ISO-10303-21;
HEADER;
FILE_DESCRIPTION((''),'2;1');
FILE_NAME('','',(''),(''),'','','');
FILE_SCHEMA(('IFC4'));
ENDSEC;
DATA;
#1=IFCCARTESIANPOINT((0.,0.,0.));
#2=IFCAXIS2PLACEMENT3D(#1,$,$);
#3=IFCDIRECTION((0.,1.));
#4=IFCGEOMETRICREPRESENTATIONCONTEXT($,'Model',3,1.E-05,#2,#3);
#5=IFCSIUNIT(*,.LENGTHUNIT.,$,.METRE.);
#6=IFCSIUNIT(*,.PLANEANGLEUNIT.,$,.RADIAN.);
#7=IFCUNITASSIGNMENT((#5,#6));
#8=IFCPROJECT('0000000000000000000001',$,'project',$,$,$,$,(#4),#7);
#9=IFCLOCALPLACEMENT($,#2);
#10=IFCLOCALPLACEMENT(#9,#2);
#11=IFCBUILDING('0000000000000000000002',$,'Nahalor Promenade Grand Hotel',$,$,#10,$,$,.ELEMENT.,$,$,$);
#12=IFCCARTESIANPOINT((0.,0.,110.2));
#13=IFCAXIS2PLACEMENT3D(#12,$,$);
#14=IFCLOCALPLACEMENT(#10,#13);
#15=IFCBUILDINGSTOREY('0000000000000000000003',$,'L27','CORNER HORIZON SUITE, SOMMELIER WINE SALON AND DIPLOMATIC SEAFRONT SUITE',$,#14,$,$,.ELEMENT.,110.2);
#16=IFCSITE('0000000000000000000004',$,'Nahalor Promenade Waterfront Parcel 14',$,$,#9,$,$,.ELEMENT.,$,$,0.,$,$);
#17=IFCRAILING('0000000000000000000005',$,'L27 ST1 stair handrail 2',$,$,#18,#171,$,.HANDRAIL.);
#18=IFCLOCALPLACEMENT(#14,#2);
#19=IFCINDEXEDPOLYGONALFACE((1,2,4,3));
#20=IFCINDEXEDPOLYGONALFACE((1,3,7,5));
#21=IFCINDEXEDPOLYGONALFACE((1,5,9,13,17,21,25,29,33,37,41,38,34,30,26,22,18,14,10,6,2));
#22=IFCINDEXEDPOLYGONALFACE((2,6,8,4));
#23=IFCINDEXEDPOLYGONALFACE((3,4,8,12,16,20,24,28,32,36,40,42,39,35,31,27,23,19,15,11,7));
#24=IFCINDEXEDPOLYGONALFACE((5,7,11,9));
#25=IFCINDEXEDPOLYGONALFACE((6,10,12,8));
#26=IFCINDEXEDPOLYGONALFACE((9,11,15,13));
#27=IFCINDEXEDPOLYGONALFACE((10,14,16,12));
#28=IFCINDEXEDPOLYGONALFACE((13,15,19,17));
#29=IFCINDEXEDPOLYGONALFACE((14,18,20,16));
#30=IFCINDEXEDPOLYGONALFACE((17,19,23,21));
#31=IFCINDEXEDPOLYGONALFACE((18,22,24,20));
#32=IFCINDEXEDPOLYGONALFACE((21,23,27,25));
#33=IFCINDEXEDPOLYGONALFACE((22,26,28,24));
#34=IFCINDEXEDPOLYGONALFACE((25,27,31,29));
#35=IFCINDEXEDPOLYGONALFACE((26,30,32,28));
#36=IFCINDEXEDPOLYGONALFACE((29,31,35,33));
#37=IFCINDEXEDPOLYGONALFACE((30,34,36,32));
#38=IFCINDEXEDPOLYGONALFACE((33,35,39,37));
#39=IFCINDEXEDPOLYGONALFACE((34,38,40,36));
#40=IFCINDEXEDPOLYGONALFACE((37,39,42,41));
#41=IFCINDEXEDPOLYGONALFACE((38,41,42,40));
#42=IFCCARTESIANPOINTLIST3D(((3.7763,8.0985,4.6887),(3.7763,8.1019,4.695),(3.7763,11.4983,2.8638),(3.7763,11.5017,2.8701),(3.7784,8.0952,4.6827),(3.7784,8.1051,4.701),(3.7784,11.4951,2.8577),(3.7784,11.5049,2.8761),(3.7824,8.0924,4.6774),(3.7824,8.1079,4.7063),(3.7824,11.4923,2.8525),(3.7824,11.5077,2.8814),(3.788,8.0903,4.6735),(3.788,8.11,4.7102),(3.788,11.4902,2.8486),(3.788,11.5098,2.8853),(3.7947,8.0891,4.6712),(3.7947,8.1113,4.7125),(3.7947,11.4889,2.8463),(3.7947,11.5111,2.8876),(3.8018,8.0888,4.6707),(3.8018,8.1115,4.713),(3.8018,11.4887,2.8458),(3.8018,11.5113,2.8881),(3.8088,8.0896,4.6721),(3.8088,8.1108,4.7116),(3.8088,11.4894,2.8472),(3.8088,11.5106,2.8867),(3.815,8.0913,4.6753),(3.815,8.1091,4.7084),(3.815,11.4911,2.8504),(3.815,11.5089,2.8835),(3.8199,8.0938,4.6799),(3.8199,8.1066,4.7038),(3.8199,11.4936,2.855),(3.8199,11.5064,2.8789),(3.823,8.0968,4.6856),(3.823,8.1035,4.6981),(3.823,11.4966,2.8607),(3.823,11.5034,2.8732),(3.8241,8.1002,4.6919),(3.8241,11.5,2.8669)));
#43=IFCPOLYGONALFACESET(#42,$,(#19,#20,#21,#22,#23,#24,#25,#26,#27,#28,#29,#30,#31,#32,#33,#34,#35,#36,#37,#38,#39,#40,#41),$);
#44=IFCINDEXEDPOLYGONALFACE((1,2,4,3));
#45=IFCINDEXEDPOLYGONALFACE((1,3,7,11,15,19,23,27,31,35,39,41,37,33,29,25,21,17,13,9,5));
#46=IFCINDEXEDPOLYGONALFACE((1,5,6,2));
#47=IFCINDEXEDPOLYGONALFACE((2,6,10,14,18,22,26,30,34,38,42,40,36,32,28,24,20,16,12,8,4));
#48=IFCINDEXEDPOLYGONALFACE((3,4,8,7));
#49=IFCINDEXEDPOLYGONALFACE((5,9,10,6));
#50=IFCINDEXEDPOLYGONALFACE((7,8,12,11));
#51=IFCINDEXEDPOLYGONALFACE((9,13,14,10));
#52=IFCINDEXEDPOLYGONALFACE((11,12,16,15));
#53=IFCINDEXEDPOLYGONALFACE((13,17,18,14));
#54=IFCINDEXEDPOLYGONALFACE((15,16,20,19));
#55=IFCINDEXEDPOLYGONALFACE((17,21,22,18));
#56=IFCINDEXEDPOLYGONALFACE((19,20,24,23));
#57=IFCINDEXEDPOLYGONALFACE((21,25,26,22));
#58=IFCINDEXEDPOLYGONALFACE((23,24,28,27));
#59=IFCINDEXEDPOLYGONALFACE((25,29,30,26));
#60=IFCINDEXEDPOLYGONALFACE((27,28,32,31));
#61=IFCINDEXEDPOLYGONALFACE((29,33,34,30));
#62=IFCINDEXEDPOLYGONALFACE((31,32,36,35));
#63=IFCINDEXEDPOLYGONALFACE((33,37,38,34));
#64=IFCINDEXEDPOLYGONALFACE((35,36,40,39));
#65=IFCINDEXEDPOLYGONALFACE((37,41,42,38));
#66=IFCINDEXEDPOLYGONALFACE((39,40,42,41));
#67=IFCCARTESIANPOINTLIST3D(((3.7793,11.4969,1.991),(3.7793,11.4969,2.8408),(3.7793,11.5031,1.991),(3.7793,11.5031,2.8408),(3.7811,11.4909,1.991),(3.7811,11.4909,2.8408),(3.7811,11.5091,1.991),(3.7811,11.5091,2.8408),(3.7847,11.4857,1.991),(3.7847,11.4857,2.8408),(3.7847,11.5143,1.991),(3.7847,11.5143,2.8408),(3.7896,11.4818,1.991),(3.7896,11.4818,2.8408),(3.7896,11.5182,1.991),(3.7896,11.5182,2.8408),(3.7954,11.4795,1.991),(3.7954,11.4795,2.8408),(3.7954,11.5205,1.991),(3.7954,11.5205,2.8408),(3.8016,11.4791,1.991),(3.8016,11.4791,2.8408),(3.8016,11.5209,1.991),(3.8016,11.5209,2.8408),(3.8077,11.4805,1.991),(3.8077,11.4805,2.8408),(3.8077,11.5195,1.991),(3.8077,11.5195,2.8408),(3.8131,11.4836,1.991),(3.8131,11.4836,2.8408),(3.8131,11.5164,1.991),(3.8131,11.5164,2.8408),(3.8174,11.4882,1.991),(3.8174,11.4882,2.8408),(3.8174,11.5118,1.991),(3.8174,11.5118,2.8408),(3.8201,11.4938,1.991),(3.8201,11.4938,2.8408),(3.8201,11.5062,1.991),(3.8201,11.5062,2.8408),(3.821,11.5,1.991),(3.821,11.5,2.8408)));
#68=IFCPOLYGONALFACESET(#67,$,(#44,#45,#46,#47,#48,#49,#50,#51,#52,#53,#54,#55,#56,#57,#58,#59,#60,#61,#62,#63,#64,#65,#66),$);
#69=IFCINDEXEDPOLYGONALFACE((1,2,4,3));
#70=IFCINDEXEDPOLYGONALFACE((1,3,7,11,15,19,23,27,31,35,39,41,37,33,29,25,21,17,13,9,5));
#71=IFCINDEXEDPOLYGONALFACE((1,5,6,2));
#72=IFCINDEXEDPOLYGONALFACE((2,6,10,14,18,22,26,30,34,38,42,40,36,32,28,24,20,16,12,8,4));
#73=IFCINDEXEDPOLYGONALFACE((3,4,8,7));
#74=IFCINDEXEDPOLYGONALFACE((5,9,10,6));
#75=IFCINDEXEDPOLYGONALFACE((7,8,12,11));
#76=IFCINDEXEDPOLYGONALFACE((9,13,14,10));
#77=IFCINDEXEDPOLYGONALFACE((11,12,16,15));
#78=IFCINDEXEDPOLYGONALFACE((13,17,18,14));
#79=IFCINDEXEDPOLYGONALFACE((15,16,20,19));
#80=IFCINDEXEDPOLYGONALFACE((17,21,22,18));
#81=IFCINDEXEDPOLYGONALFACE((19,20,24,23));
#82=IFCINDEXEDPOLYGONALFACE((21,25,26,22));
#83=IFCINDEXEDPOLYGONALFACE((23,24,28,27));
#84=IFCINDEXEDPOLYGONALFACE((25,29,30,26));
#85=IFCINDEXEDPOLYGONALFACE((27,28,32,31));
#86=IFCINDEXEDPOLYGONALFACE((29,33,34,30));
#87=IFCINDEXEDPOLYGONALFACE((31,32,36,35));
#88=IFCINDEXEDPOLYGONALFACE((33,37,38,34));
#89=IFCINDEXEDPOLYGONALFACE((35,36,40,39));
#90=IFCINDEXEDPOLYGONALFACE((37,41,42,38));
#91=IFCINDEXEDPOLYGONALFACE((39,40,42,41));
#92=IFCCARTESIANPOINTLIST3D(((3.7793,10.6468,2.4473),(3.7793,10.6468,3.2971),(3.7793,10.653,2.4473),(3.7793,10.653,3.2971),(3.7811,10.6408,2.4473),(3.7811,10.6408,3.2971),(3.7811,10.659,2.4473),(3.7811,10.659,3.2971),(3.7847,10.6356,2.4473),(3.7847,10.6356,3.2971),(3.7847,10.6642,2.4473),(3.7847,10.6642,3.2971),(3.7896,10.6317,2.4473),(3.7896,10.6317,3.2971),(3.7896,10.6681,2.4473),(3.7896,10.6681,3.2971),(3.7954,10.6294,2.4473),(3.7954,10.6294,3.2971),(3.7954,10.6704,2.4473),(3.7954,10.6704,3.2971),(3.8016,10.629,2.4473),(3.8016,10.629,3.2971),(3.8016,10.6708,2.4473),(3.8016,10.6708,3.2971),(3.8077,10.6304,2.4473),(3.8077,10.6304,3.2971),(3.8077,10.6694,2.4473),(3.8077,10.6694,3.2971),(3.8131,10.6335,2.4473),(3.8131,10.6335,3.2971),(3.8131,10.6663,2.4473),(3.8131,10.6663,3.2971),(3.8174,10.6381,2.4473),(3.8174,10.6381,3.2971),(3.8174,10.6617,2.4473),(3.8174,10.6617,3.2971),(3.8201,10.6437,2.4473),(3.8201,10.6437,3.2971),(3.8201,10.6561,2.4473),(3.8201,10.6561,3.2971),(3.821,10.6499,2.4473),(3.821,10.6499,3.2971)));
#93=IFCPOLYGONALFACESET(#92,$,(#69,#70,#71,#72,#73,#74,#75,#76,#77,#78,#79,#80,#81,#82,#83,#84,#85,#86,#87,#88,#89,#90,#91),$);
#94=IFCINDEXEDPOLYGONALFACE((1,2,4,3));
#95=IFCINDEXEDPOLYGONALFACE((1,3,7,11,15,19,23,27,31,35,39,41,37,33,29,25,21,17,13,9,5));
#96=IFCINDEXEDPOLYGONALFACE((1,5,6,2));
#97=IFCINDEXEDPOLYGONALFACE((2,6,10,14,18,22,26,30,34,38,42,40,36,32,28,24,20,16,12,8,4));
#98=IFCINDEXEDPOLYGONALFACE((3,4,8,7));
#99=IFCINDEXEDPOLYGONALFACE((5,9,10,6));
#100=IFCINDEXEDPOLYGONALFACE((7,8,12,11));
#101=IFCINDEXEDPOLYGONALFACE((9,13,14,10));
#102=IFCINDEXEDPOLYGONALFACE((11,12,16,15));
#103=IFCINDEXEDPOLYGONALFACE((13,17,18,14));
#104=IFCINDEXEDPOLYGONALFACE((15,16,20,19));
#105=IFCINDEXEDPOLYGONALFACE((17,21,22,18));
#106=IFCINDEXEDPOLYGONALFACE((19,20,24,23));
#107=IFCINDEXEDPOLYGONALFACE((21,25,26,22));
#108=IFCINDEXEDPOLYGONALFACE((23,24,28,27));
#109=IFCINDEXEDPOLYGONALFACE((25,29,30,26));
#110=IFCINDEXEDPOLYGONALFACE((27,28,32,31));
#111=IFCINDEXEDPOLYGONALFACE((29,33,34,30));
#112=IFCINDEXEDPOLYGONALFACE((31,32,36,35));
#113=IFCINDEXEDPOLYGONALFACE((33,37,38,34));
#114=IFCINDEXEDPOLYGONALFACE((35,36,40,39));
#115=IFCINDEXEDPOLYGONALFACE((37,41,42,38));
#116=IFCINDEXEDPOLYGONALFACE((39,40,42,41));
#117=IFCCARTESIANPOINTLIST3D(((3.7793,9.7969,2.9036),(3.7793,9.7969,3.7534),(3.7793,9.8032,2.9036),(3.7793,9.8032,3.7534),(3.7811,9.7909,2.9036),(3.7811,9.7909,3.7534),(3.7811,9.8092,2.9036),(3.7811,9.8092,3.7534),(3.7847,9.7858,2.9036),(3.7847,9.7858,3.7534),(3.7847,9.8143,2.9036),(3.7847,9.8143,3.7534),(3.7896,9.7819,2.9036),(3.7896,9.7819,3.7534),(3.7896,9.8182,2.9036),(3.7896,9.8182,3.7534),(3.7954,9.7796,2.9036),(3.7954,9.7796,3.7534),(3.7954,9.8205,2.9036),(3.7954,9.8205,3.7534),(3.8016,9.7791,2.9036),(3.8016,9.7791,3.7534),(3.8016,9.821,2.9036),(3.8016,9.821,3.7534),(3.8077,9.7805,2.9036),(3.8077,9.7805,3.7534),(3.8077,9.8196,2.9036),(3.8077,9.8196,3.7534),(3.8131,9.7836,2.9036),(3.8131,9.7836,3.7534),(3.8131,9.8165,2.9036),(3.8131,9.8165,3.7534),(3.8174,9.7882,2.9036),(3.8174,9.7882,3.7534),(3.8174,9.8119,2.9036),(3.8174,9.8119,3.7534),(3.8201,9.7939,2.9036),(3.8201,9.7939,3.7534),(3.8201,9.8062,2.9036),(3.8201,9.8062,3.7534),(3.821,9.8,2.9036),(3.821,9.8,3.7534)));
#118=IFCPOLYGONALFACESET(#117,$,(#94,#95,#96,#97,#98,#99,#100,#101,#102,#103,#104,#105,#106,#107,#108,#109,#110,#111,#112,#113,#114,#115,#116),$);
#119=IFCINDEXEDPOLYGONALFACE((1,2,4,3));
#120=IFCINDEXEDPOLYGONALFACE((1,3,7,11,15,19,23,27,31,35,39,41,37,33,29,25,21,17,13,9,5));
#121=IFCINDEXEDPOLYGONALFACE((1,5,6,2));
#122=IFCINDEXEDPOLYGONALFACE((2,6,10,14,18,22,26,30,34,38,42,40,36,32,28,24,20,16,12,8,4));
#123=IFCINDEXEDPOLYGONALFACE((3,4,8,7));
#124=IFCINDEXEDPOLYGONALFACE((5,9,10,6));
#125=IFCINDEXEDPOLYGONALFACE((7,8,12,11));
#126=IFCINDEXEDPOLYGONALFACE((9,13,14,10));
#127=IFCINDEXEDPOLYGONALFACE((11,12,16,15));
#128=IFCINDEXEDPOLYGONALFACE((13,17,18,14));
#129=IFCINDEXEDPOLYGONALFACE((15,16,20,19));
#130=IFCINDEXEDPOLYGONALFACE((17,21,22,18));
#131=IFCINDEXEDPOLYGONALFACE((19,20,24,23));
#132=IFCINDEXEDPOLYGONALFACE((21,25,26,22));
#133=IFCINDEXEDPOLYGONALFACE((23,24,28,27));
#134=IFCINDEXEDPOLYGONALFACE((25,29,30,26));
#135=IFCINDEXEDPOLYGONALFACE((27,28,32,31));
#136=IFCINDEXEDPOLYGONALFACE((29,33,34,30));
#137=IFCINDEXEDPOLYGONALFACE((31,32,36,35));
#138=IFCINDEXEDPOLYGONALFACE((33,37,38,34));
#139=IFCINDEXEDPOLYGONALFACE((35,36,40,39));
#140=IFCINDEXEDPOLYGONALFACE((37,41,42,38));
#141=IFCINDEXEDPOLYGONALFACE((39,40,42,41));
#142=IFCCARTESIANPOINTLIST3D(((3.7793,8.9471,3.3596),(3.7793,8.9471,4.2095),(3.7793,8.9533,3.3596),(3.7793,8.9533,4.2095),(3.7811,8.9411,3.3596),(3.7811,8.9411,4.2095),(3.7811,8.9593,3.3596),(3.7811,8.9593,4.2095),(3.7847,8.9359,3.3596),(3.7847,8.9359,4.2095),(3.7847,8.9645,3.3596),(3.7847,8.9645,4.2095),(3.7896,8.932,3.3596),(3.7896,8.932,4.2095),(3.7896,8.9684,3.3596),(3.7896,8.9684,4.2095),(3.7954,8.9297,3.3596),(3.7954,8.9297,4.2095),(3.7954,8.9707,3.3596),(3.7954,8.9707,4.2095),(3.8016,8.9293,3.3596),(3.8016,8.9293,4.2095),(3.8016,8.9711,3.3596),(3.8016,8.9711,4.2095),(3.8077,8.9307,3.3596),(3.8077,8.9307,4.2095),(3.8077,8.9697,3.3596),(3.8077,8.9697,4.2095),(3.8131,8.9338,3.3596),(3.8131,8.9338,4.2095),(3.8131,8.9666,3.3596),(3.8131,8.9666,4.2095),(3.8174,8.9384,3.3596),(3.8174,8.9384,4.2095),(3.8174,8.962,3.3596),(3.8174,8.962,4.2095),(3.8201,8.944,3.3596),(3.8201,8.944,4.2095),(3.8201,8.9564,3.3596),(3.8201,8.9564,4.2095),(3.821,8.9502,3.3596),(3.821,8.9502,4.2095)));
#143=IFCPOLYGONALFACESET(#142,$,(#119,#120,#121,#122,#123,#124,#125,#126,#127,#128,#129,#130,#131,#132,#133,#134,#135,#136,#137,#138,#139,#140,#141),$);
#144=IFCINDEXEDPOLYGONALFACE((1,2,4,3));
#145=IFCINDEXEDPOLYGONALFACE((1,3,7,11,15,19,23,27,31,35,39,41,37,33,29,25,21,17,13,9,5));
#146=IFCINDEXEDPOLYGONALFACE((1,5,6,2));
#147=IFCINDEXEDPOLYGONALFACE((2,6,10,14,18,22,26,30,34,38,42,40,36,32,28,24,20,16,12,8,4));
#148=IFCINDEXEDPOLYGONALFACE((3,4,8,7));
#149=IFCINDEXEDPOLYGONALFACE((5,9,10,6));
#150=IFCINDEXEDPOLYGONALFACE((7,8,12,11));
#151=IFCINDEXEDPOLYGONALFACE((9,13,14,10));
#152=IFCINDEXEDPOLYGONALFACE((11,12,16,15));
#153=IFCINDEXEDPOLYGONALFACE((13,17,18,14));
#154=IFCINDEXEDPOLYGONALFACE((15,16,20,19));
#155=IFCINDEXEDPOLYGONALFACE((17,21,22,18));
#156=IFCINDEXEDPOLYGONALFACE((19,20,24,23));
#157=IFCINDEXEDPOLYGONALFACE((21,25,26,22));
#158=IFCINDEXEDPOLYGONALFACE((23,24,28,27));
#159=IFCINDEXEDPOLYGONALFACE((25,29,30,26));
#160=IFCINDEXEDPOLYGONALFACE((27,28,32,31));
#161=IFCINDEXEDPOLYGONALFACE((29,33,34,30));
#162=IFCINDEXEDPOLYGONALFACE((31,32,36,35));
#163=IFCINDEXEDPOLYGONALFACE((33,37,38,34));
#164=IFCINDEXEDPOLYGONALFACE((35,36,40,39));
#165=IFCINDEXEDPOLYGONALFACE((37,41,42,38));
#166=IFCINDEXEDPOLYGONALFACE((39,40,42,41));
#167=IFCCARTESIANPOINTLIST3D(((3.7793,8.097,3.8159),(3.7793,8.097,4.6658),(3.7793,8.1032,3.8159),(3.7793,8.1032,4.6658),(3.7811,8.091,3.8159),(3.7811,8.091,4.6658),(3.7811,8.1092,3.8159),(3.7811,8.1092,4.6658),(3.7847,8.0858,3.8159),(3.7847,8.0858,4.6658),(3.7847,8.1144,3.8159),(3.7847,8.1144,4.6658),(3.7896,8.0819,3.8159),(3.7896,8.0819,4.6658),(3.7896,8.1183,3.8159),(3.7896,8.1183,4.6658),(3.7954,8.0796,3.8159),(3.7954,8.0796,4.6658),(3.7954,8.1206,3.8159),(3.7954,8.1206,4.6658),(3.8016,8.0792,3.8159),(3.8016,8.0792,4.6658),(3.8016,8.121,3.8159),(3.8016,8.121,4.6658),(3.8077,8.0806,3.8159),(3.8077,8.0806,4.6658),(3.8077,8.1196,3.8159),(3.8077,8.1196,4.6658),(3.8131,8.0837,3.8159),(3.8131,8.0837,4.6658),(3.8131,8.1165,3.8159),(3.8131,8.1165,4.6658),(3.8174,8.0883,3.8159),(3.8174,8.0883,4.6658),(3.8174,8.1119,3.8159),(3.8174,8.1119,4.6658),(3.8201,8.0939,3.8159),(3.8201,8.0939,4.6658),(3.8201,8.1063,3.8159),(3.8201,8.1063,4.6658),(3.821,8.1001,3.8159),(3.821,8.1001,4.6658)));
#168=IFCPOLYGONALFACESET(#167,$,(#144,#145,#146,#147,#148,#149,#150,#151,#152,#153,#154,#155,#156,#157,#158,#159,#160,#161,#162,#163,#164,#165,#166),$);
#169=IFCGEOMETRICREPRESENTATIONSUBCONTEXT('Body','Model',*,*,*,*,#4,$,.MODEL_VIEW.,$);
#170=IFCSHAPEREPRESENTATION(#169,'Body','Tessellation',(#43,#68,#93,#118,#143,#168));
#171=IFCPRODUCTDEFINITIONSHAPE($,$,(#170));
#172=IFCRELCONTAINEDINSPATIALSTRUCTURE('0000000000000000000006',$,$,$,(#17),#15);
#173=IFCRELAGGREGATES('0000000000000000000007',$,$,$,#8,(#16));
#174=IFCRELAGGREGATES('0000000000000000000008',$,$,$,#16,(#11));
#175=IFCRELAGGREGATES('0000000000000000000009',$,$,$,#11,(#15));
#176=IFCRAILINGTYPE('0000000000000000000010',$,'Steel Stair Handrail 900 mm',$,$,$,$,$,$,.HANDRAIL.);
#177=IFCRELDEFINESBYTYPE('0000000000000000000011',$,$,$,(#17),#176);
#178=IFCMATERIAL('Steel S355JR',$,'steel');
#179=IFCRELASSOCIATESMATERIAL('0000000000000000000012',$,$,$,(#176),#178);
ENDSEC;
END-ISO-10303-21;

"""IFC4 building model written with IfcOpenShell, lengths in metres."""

from ifc_helpers import new_model, si_unit, direction, frame, origin, origin_2d, place, context, subcontext, project, spatial, circle, extrude, material, type_object, element, save


model = new_model("IFC4")

# Units and contexts
model_context = context("Model", 3, precision=1e-05, world=origin(), true_north=direction((0.0, 1.0)))
body_context = subcontext(model_context, "Body", "Model", "MODEL_VIEW")
ifc_project = project(units=[si_unit("LENGTHUNIT", "METRE"), si_unit("PLANEANGLEUNIT", "RADIAN")], contexts=[model_context])

# Site, building, storey
site_placement = place(None, origin())
site = spatial("IfcSite", under=ifc_project, at=site_placement, Name="Nahalor Promenade Waterfront Parcel 14", CompositionType="ELEMENT", RefElevation=0.0)
building_placement = place(site_placement, origin())
building = spatial("IfcBuilding", under=site, at=building_placement, Name="Nahalor Promenade Grand Hotel", CompositionType="ELEMENT")
storey_placement = place(building_placement, frame((0.0, 0.0, 110.2)))
storey = spatial("IfcBuildingStorey", under=building, at=storey_placement, Name="L27", Description="CORNER HORIZON SUITE, SOMMELIER WINE SALON AND DIPLOMATIC SEAFRONT SUITE", CompositionType="ELEMENT", Elevation=110.2)

# Shared definitions
ifc_material_1 = material(Name="Steel S355JR", Category="steel")

# Railing
railing_type_1 = type_object("IfcRailingType", Name="Steel Stair Handrail 900 mm", PredefinedType="HANDRAIL", material=ifc_material_1)
railing_1_placement = place(storey_placement, frame((3.8, 11.5, 1.991)))
element("IfcRailing", 1, at=railing_1_placement, inside=storey, type_object=railing_type_1, Name="L27 ST1 stair handrail 2", PredefinedType="HANDRAIL", context=body_context, shape_type="SweptSolid", body=[
    extrude(circle(Radius=0.024, at=origin_2d()), frame((0.0, 0.0, 0.876), z_axis=(0.0, -0.881094, 0.472941), x_axis=(1.0, 0.0, 0.0)), (0.0, 0.0, 1.0), 3.8586),
    extrude(circle(Radius=0.021, at=origin_2d()), origin(), (0.0, 0.0, 1.0), 0.8499),
    extrude(circle(Radius=0.021, at=origin_2d()), frame((0.0, -0.8501, 0.4563)), (0.0, 0.0, 1.0), 0.8499),
    extrude(circle(Radius=0.021, at=origin_2d()), frame((0.0, -1.7, 0.9126)), (0.0, 0.0, 1.0), 0.8499),
    extrude(circle(Radius=0.021, at=origin_2d()), frame((0.0, -2.5498, 1.3687)), (0.0, 0.0, 1.0), 0.8499),
    extrude(circle(Radius=0.021, at=origin_2d()), frame((0.0, -3.3999, 1.825)), (0.0, 0.0, 1.0), 0.8499),
])

save(model, "model.ifc")
